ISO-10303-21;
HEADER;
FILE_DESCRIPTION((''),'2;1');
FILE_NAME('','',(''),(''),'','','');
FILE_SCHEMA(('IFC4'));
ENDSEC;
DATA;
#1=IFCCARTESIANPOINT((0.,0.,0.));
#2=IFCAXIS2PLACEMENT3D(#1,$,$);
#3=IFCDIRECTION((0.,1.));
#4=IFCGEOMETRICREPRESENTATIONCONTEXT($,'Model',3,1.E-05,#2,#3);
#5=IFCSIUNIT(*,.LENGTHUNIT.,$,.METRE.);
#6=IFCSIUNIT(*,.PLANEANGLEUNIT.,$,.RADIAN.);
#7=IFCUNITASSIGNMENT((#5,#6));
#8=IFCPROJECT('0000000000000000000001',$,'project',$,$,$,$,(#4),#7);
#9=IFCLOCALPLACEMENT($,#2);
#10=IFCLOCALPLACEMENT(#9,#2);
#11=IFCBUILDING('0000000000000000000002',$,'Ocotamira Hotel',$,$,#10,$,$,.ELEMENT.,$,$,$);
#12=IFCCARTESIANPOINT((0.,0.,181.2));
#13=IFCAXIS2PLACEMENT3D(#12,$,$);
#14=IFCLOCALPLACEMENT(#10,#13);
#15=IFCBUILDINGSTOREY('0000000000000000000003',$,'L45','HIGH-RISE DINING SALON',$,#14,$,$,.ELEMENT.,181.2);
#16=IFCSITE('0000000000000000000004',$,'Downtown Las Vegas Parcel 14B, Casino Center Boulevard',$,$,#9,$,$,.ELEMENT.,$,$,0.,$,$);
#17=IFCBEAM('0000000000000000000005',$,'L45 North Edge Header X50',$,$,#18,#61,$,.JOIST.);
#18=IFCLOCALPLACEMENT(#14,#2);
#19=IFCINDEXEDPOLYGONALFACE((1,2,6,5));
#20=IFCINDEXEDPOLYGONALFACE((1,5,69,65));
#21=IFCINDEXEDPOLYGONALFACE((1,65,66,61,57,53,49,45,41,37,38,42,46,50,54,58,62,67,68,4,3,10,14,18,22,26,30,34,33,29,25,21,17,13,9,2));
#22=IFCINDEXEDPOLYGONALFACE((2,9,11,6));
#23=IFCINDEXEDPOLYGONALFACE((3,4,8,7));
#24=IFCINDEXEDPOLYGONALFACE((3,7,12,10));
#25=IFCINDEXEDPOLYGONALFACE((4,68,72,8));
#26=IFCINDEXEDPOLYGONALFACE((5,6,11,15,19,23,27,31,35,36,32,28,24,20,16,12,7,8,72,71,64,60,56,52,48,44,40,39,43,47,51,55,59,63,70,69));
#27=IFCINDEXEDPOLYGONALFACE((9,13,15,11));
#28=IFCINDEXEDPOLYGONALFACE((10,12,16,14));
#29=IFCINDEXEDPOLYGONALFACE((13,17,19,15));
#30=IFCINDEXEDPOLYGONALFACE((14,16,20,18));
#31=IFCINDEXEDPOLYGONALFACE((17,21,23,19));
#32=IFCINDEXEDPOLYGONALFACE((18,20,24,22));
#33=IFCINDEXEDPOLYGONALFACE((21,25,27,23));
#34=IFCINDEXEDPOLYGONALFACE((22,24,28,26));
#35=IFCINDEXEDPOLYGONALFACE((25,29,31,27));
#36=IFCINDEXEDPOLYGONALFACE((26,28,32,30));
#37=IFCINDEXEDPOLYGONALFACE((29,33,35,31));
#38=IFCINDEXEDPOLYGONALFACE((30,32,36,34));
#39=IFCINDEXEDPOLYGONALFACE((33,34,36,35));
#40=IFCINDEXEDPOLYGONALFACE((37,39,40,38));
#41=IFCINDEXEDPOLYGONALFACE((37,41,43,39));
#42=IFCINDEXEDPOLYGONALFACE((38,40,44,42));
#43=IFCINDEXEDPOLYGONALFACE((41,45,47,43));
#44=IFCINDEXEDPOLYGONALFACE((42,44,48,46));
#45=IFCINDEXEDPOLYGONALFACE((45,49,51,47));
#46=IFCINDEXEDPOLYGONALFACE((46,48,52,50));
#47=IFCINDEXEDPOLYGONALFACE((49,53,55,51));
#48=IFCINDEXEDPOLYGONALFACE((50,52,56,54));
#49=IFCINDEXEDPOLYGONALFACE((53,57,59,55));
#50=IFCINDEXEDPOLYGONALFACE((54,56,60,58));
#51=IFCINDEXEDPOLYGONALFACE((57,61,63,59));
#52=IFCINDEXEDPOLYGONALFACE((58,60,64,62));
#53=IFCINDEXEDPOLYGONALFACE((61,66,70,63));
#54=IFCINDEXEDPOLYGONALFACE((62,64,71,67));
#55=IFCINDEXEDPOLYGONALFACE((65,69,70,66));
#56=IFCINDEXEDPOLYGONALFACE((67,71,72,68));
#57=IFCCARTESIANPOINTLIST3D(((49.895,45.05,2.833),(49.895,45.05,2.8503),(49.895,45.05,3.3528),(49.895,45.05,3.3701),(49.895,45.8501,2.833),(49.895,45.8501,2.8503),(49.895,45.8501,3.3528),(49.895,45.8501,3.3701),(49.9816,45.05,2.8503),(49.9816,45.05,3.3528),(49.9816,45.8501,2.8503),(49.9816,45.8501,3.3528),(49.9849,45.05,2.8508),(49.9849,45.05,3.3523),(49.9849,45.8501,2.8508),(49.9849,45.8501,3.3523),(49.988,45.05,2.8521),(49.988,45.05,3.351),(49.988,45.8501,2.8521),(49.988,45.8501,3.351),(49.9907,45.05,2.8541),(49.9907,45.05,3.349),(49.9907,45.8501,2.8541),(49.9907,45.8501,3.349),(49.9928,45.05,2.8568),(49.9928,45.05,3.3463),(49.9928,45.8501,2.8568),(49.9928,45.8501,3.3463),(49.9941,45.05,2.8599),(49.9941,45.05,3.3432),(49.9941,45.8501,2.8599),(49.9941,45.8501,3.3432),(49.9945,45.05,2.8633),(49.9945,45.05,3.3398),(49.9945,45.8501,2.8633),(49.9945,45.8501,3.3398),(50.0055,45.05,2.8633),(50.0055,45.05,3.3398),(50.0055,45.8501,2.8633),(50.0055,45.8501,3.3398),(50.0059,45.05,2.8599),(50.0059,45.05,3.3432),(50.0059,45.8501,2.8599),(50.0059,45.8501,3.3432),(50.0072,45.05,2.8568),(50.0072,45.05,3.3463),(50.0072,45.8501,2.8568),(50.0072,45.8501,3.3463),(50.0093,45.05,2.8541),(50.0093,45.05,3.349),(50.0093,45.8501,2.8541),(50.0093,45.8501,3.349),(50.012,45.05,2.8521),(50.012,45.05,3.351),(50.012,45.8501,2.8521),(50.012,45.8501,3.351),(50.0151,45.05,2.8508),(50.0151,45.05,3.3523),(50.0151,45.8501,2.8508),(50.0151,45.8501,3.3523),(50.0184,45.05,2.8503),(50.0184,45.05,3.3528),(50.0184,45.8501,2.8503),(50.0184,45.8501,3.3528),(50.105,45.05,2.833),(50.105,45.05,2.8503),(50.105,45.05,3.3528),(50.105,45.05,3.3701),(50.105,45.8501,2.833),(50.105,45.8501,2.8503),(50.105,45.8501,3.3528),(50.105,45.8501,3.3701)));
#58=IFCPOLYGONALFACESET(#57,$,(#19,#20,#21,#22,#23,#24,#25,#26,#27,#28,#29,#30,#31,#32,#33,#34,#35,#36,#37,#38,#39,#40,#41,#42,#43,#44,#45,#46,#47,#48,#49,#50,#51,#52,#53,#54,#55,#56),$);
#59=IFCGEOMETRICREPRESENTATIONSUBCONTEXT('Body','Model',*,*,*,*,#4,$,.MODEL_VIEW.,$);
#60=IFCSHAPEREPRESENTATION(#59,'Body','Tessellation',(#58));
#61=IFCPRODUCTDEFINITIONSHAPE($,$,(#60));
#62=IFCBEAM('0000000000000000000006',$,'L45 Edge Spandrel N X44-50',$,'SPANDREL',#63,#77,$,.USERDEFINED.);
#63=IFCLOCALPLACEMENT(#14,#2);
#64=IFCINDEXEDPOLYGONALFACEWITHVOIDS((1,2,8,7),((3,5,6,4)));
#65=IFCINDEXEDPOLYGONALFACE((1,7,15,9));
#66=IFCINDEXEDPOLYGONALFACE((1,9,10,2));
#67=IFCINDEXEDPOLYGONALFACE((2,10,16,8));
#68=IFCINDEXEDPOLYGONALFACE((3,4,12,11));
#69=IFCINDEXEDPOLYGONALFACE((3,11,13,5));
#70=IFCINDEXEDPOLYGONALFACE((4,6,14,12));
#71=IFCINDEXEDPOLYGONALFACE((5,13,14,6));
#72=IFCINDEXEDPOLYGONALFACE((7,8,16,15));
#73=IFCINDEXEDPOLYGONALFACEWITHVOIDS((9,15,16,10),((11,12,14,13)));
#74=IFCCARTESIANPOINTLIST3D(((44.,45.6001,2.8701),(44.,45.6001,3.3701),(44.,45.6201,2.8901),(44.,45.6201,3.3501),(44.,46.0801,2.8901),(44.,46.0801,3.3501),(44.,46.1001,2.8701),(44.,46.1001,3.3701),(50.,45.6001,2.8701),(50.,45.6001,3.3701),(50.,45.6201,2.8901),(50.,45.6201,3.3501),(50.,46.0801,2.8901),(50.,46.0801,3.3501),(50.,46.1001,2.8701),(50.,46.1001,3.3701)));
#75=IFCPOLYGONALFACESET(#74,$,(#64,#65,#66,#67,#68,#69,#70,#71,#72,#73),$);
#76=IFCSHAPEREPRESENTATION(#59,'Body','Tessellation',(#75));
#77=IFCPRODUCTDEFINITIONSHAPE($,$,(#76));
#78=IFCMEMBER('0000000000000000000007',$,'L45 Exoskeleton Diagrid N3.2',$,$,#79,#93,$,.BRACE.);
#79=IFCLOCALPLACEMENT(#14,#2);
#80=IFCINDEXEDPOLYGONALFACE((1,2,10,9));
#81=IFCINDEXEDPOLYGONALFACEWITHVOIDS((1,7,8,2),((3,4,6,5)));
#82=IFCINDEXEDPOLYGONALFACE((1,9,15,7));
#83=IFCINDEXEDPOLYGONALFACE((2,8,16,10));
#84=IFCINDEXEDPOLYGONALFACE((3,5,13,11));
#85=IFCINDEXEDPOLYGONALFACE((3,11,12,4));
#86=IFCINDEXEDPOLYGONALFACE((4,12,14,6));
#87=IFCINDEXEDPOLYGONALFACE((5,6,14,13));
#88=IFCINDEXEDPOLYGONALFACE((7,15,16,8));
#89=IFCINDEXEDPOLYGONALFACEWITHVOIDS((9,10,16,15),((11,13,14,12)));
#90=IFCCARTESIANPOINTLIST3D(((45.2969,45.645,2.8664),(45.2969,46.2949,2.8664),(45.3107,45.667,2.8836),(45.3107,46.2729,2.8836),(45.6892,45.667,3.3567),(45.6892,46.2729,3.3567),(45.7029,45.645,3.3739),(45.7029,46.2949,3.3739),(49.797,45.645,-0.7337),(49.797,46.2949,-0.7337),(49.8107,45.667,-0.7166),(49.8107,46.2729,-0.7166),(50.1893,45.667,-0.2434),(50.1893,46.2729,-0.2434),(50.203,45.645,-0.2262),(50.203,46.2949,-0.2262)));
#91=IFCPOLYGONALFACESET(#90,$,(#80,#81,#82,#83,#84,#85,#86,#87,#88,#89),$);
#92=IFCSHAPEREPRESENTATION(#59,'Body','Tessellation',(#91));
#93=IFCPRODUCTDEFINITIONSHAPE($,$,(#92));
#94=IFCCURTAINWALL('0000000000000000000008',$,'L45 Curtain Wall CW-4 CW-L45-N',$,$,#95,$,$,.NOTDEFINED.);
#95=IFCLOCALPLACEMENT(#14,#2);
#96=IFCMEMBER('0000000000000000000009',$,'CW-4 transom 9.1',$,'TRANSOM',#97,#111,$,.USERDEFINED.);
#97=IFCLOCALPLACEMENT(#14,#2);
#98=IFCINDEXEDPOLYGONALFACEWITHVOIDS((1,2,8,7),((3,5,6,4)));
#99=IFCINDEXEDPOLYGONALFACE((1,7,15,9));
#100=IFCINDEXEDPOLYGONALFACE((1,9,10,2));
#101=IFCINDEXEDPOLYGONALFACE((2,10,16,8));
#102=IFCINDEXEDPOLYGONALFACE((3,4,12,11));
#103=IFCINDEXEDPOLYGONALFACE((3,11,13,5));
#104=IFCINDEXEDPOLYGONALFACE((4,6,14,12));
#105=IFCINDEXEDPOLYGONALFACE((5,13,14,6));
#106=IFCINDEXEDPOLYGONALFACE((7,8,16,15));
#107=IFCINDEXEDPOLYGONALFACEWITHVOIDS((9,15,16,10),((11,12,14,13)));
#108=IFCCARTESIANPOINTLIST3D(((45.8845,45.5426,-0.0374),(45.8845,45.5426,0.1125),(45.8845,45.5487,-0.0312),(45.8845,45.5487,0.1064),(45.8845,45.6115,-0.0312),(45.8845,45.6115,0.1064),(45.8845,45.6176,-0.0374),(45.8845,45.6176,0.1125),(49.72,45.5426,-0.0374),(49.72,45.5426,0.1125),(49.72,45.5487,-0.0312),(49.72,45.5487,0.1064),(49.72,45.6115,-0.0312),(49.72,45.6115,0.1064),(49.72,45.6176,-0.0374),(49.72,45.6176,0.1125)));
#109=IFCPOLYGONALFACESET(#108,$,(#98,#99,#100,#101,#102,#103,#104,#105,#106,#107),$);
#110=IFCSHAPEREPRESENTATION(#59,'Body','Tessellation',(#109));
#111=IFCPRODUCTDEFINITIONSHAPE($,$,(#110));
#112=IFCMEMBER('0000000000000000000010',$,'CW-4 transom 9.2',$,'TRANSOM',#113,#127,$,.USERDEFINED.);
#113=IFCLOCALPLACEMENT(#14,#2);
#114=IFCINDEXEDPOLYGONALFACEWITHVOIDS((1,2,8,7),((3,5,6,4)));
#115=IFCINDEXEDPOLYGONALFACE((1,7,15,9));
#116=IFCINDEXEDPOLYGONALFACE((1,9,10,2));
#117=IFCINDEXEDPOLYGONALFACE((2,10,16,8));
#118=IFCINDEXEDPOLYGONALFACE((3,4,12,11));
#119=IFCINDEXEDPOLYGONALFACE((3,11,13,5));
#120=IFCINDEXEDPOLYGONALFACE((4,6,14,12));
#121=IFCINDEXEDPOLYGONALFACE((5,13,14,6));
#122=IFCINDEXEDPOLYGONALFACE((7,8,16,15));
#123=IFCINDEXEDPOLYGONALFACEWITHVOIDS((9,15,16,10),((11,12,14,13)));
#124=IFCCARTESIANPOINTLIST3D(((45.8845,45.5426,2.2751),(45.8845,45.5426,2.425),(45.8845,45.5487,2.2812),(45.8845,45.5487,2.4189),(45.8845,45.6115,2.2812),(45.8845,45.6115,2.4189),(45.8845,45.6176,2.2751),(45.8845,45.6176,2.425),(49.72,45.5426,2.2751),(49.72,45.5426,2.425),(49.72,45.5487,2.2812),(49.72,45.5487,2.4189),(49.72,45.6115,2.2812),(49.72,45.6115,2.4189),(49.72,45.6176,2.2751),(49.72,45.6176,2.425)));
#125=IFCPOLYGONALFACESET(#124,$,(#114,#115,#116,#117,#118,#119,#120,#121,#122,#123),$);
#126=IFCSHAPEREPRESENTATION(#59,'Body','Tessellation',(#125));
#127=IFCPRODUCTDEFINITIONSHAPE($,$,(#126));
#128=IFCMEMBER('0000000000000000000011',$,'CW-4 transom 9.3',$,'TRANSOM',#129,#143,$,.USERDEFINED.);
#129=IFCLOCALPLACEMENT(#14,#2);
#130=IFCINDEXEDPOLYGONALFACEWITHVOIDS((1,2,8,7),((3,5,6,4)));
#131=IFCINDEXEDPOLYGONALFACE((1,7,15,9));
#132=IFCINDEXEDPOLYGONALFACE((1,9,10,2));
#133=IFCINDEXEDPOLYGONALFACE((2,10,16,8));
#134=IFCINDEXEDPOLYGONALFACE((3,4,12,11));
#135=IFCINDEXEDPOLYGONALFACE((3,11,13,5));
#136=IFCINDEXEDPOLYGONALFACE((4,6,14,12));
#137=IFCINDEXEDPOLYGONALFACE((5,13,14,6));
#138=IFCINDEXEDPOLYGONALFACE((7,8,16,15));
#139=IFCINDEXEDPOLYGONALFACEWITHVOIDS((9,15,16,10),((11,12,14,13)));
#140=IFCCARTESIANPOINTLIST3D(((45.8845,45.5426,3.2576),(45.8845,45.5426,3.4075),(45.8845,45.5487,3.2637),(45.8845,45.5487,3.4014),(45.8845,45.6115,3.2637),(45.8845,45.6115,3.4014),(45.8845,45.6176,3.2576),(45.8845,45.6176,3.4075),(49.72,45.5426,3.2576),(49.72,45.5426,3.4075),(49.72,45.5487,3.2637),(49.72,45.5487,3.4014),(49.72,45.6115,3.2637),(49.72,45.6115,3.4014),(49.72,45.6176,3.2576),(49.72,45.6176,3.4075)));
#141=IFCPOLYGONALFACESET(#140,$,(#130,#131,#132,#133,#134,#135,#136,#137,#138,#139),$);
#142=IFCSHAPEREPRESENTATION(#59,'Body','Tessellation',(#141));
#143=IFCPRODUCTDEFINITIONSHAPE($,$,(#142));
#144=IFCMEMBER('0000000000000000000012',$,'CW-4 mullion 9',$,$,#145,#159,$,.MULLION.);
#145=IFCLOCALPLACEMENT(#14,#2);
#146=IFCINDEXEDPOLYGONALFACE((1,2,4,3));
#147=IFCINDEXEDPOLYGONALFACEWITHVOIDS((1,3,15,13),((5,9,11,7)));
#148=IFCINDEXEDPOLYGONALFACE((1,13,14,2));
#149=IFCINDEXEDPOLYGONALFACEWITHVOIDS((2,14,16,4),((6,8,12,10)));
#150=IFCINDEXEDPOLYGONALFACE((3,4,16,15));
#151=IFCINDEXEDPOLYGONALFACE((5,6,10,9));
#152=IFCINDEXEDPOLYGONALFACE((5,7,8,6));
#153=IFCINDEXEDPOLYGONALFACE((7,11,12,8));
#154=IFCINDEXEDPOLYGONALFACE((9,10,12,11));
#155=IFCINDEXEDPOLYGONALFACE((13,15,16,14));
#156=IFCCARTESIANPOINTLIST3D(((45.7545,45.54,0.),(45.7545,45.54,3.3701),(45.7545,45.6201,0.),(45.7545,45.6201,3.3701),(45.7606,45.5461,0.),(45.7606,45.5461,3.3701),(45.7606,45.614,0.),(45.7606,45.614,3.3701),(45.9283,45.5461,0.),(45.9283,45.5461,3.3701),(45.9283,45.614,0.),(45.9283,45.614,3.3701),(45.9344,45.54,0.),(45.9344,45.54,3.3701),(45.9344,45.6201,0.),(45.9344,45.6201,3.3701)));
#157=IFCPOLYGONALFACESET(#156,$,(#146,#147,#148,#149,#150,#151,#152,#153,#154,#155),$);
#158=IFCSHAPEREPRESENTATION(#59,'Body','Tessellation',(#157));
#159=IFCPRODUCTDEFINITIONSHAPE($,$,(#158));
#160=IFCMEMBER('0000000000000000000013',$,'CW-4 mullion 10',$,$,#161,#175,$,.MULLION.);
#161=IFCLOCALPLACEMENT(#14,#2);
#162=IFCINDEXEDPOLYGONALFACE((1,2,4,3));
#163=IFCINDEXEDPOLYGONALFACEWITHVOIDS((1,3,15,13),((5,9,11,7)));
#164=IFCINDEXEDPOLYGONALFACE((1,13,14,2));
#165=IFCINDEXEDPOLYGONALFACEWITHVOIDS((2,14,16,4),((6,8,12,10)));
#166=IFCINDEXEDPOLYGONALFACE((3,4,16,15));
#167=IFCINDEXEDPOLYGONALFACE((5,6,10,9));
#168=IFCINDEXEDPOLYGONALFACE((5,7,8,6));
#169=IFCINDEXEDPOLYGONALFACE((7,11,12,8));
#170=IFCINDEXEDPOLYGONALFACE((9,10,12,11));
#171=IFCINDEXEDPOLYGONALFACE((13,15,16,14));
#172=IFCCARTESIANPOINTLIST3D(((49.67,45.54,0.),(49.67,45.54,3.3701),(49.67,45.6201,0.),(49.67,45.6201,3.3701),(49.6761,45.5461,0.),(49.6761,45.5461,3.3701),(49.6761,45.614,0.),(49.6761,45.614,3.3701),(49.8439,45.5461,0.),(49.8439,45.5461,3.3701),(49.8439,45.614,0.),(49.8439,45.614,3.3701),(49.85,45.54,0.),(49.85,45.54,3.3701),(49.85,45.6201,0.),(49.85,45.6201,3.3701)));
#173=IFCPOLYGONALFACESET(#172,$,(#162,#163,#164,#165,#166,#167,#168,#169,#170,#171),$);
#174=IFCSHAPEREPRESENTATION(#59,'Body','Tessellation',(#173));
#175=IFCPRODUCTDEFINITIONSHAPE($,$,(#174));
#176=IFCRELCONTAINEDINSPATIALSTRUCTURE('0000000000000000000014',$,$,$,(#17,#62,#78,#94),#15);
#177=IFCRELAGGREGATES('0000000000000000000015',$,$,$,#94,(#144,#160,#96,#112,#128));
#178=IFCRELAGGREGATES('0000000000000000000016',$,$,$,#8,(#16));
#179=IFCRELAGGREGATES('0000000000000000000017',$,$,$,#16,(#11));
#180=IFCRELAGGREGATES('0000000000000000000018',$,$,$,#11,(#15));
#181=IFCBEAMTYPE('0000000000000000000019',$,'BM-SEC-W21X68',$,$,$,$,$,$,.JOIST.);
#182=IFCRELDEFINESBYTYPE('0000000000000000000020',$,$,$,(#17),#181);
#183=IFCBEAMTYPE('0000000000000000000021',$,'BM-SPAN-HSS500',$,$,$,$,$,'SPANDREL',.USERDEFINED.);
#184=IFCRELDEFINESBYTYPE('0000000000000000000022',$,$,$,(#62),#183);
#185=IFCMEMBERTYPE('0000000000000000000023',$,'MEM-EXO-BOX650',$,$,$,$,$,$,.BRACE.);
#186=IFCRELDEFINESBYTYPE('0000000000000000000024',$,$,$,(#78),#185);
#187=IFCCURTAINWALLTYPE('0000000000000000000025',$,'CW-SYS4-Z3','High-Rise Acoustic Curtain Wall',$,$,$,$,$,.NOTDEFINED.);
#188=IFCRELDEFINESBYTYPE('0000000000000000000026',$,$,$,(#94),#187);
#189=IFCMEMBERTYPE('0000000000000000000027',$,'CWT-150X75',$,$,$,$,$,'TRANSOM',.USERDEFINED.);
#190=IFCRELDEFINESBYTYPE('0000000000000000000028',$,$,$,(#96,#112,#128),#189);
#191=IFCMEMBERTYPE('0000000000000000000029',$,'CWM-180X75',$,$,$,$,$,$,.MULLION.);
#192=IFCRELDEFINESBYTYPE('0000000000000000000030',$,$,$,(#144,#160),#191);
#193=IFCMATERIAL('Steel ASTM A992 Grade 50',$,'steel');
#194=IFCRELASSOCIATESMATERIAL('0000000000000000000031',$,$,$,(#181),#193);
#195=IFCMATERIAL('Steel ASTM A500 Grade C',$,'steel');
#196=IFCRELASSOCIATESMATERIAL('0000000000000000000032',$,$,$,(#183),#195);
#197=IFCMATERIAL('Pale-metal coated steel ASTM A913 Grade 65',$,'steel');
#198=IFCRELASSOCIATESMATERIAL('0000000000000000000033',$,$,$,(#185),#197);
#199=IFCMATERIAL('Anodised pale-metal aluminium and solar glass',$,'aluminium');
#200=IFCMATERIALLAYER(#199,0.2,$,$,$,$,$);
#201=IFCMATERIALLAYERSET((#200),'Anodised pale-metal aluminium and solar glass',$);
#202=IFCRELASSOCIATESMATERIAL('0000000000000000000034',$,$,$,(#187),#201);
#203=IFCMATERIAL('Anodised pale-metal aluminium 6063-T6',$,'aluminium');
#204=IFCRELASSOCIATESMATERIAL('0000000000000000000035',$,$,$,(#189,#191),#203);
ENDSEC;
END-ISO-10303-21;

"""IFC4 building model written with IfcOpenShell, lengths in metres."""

from ifc_helpers import new_model, si_unit, direction, frame, origin, origin_2d, place, context, subcontext, project, spatial, hollow_rectangle, i_section, extrude, source, transform, mapped, material, layer, layer_set, material_profile, profile_set, type_object, element, aggregate, save


model = new_model("IFC4")

# Units and contexts
model_context = context("Model", 3, precision=1e-05, world=origin(), true_north=direction((0.0, 1.0)))
body_context = subcontext(model_context, "Body", "Model", "MODEL_VIEW")
ifc_project = project(units=[si_unit("LENGTHUNIT", "METRE"), si_unit("PLANEANGLEUNIT", "RADIAN")], contexts=[model_context])

# Site, building, storey
site_placement = place(None, origin())
site = spatial("IfcSite", under=ifc_project, at=site_placement, Name="Downtown Las Vegas Parcel 14B, Casino Center Boulevard", CompositionType="ELEMENT", RefElevation=0.0)
building_placement = place(site_placement, origin())
building = spatial("IfcBuilding", under=site, at=building_placement, Name="Ocotamira Hotel", CompositionType="ELEMENT")
storey_placement = place(building_placement, frame((0.0, 0.0, 181.2)))
storey = spatial("IfcBuildingStorey", under=building, at=storey_placement, Name="L45", Description="HIGH-RISE DINING SALON", CompositionType="ELEMENT", Elevation=181.2)

# Beams
ifc_material_1 = material(Name="Steel ASTM A992 Grade 50", Category="steel")
ifc_material_profile_1 = material_profile(ifc_material_1, i_section(OverallWidth=0.21, OverallDepth=0.5371, WebThickness=0.011, FlangeThickness=0.0173, FilletRadius=0.0129, at=origin_2d()), Name="W21X68")
ifc_profile_set_1 = profile_set([ifc_material_profile_1], Name="Steel ASTM A992 Grade 50")
beam_type_1 = type_object("IfcBeamType", Name="BM-SEC-W21X68", PredefinedType="JOIST", material=ifc_profile_set_1)
shared_shape_1 = source(origin(), body_context, "Body", "SweptSolid", [
    extrude(i_section(OverallWidth=0.21, OverallDepth=0.5371, WebThickness=0.011, FlangeThickness=0.0173, FilletRadius=0.0129, at=origin_2d()), origin(), (0.0, 0.0, 1.0), 0.8),
])
for number, where, z_axis, x_axis, name in (
    (1, (50.0, 45.05, 3.1016), (0.0, 1.0, 0.0), (-1.0, 0.0, 0.0), "L45 North Edge Header X50"),
):
    element("IfcBeam", number, at=place(storey_placement, frame(where, z_axis=z_axis, x_axis=x_axis)), inside=storey, type_object=beam_type_1, Name=name, PredefinedType="JOIST", context=body_context, shape_type="MappedRepresentation", body=[
        mapped(shared_shape_1, transform((0.0, 0.0, 0.0), scale=1.0)),
    ])
ifc_material_2 = material(Name="Steel ASTM A500 Grade C", Category="steel")
ifc_material_profile_2 = material_profile(ifc_material_2, hollow_rectangle(XDim=0.5, YDim=0.5, WallThickness=0.02, at=origin_2d()), Name="HSS500X500X20")
ifc_profile_set_2 = profile_set([ifc_material_profile_2], Name="Steel ASTM A500 Grade C")
beam_type_2 = type_object("IfcBeamType", Name="BM-SPAN-HSS500", ElementType="SPANDREL", PredefinedType="USERDEFINED", material=ifc_profile_set_2)
shared_shape_2 = source(origin(), body_context, "Body", "SweptSolid", [
    extrude(hollow_rectangle(XDim=0.5, YDim=0.5, WallThickness=0.02, at=origin_2d()), origin(), (0.0, 0.0, 1.0), 6.0),
])
beam_1_placement = place(storey_placement, frame((44.0, 45.8501, 3.1201), z_axis=(1.0, 0.0, 0.0), x_axis=(0.0, 1.0, 0.0)))
element("IfcBeam", 2, at=beam_1_placement, inside=storey, type_object=beam_type_2, Name="L45 Edge Spandrel N X44-50", ObjectType="SPANDREL", PredefinedType="USERDEFINED", context=body_context, shape_type="MappedRepresentation", body=[
    mapped(shared_shape_2, transform((0.0, 0.0, 0.0), scale=1.0)),
])

# Member
ifc_material_3 = material(Name="Pale-metal coated steel ASTM A913 Grade 65", Category="steel")
ifc_material_profile_3 = material_profile(ifc_material_3, hollow_rectangle(XDim=0.6499, YDim=0.6499, WallThickness=0.022, at=origin_2d()), Name="BOX650X650X22")
ifc_profile_set_3 = profile_set([ifc_material_profile_3], Name="Pale-metal coated steel ASTM A913 Grade 65")
member_type_1 = type_object("IfcMemberType", Name="MEM-EXO-BOX650", PredefinedType="BRACE", material=ifc_profile_set_3)
shared_shape_3 = source(origin(), body_context, "Body", "SweptSolid", [
    extrude(hollow_rectangle(XDim=0.6499, YDim=0.6499, WallThickness=0.022, at=origin_2d()), origin(), (0.0, 0.0, 1.0), 5.7629),
])
member_1_placement = place(storey_placement, frame((50.0, 45.97, -0.48), z_axis=(-0.780861, 0.0, 0.624705), x_axis=(0.0, -1.0, 0.0)))
element("IfcMember", 3, at=member_1_placement, inside=storey, type_object=member_type_1, Name="L45 Exoskeleton Diagrid N3.2", PredefinedType="BRACE", context=body_context, shape_type="MappedRepresentation", body=[
    mapped(shared_shape_3, transform((0.0, 0.0, 0.0), scale=1.0)),
])

# Curtain wall, members
ifc_material_4 = material(Name="Anodised pale-metal aluminium and solar glass", Category="aluminium")
ifc_layer_1 = layer(ifc_material_4, 0.2)
ifc_layer_set_1 = layer_set([ifc_layer_1], Name="Anodised pale-metal aluminium and solar glass")
curtain_wall_type = type_object("IfcCurtainWallType", Name="CW-SYS4-Z3", Description="High-Rise Acoustic Curtain Wall", PredefinedType="NOTDEFINED", material=ifc_layer_set_1)
curtain_wall_1_placement = place(storey_placement, origin())
curtain_wall_1 = element("IfcCurtainWall", 4, at=curtain_wall_1_placement, inside=storey, type_object=curtain_wall_type, Name="L45 Curtain Wall CW-4 CW-L45-N", PredefinedType="NOTDEFINED")
ifc_material_5 = material(Name="Anodised pale-metal aluminium 6063-T6", Category="aluminium")
ifc_material_profile_4 = material_profile(ifc_material_5, hollow_rectangle(XDim=0.075, YDim=0.1499, WallThickness=0.0061, at=origin_2d()), Name="HSS150X75X6")
ifc_profile_set_4 = profile_set([ifc_material_profile_4], Name="Anodised pale-metal aluminium 6063-T6")
member_type_2 = type_object("IfcMemberType", Name="CWT-150X75", ElementType="TRANSOM", PredefinedType="USERDEFINED", material=ifc_profile_set_4)
shared_shape_4 = source(origin(), body_context, "Body", "SweptSolid", [
    extrude(hollow_rectangle(XDim=0.075, YDim=0.1499, WallThickness=0.0061, at=origin_2d()), origin(), (0.0, 0.0, 1.0), 3.8354),
])
member_2_placement = place(storey_placement, frame((45.8845, 45.5801, 0.0376), z_axis=(1.0, 0.0, 0.0), x_axis=(0.0, 1.0, 0.0)))
member_2 = element("IfcMember", 5, at=member_2_placement, type_object=member_type_2, Name="CW-4 transom 9.1", ObjectType="TRANSOM", PredefinedType="USERDEFINED", context=body_context, shape_type="MappedRepresentation", body=[
    mapped(shared_shape_4, transform((0.0, 0.0, 0.0), scale=1.0)),
])
member_3_placement = place(storey_placement, frame((45.8845, 45.5801, 2.3501), z_axis=(1.0, 0.0, 0.0), x_axis=(0.0, 1.0, 0.0)))
member_3 = element("IfcMember", 6, at=member_3_placement, type_object=member_type_2, Name="CW-4 transom 9.2", ObjectType="TRANSOM", PredefinedType="USERDEFINED", context=body_context, shape_type="MappedRepresentation", body=[
    mapped(shared_shape_4, transform((0.0, 0.0, 0.0), scale=1.0)),
])
member_4_placement = place(storey_placement, frame((45.8845, 45.5801, 3.3325), z_axis=(1.0, 0.0, 0.0), x_axis=(0.0, 1.0, 0.0)))
member_4 = element("IfcMember", 7, at=member_4_placement, type_object=member_type_2, Name="CW-4 transom 9.3", ObjectType="TRANSOM", PredefinedType="USERDEFINED", context=body_context, shape_type="MappedRepresentation", body=[
    mapped(shared_shape_4, transform((0.0, 0.0, 0.0), scale=1.0)),
])
ifc_material_profile_5 = material_profile(ifc_material_5, hollow_rectangle(XDim=0.0801, YDim=0.1799, WallThickness=0.0061, at=origin_2d()), Name="HSS180X80X6")
ifc_profile_set_5 = profile_set([ifc_material_profile_5], Name="Anodised pale-metal aluminium 6063-T6")
member_type_3 = type_object("IfcMemberType", Name="CWM-180X75", PredefinedType="MULLION", material=ifc_profile_set_5)
shared_shape_5 = source(origin(), body_context, "Body", "SweptSolid", [
    extrude(hollow_rectangle(XDim=0.0801, YDim=0.1799, WallThickness=0.0061, at=origin_2d()), origin(), (0.0, 0.0, 1.0), 3.3701),
])
member_5_placement = place(storey_placement, frame((45.8445, 45.5801, 0.0), z_axis=(0.0, 0.0, 1.0), x_axis=(0.0, 1.0, 0.0)))
member_5 = element("IfcMember", 8, at=member_5_placement, type_object=member_type_3, Name="CW-4 mullion 9", PredefinedType="MULLION", context=body_context, shape_type="MappedRepresentation", body=[
    mapped(shared_shape_5, transform((0.0, 0.0, 0.0), scale=1.0)),
])
member_6_placement = place(storey_placement, frame((49.76, 45.5801, 0.0), z_axis=(0.0, 0.0, 1.0), x_axis=(0.0, 1.0, 0.0)))
member_6 = element("IfcMember", 9, at=member_6_placement, type_object=member_type_3, Name="CW-4 mullion 10", PredefinedType="MULLION", context=body_context, shape_type="MappedRepresentation", body=[
    mapped(shared_shape_5, transform((0.0, 0.0, 0.0), scale=1.0)),
])

aggregate(curtain_wall_1, [member_5, member_6, member_2, member_3, member_4])

save(model, "model.ifc")
